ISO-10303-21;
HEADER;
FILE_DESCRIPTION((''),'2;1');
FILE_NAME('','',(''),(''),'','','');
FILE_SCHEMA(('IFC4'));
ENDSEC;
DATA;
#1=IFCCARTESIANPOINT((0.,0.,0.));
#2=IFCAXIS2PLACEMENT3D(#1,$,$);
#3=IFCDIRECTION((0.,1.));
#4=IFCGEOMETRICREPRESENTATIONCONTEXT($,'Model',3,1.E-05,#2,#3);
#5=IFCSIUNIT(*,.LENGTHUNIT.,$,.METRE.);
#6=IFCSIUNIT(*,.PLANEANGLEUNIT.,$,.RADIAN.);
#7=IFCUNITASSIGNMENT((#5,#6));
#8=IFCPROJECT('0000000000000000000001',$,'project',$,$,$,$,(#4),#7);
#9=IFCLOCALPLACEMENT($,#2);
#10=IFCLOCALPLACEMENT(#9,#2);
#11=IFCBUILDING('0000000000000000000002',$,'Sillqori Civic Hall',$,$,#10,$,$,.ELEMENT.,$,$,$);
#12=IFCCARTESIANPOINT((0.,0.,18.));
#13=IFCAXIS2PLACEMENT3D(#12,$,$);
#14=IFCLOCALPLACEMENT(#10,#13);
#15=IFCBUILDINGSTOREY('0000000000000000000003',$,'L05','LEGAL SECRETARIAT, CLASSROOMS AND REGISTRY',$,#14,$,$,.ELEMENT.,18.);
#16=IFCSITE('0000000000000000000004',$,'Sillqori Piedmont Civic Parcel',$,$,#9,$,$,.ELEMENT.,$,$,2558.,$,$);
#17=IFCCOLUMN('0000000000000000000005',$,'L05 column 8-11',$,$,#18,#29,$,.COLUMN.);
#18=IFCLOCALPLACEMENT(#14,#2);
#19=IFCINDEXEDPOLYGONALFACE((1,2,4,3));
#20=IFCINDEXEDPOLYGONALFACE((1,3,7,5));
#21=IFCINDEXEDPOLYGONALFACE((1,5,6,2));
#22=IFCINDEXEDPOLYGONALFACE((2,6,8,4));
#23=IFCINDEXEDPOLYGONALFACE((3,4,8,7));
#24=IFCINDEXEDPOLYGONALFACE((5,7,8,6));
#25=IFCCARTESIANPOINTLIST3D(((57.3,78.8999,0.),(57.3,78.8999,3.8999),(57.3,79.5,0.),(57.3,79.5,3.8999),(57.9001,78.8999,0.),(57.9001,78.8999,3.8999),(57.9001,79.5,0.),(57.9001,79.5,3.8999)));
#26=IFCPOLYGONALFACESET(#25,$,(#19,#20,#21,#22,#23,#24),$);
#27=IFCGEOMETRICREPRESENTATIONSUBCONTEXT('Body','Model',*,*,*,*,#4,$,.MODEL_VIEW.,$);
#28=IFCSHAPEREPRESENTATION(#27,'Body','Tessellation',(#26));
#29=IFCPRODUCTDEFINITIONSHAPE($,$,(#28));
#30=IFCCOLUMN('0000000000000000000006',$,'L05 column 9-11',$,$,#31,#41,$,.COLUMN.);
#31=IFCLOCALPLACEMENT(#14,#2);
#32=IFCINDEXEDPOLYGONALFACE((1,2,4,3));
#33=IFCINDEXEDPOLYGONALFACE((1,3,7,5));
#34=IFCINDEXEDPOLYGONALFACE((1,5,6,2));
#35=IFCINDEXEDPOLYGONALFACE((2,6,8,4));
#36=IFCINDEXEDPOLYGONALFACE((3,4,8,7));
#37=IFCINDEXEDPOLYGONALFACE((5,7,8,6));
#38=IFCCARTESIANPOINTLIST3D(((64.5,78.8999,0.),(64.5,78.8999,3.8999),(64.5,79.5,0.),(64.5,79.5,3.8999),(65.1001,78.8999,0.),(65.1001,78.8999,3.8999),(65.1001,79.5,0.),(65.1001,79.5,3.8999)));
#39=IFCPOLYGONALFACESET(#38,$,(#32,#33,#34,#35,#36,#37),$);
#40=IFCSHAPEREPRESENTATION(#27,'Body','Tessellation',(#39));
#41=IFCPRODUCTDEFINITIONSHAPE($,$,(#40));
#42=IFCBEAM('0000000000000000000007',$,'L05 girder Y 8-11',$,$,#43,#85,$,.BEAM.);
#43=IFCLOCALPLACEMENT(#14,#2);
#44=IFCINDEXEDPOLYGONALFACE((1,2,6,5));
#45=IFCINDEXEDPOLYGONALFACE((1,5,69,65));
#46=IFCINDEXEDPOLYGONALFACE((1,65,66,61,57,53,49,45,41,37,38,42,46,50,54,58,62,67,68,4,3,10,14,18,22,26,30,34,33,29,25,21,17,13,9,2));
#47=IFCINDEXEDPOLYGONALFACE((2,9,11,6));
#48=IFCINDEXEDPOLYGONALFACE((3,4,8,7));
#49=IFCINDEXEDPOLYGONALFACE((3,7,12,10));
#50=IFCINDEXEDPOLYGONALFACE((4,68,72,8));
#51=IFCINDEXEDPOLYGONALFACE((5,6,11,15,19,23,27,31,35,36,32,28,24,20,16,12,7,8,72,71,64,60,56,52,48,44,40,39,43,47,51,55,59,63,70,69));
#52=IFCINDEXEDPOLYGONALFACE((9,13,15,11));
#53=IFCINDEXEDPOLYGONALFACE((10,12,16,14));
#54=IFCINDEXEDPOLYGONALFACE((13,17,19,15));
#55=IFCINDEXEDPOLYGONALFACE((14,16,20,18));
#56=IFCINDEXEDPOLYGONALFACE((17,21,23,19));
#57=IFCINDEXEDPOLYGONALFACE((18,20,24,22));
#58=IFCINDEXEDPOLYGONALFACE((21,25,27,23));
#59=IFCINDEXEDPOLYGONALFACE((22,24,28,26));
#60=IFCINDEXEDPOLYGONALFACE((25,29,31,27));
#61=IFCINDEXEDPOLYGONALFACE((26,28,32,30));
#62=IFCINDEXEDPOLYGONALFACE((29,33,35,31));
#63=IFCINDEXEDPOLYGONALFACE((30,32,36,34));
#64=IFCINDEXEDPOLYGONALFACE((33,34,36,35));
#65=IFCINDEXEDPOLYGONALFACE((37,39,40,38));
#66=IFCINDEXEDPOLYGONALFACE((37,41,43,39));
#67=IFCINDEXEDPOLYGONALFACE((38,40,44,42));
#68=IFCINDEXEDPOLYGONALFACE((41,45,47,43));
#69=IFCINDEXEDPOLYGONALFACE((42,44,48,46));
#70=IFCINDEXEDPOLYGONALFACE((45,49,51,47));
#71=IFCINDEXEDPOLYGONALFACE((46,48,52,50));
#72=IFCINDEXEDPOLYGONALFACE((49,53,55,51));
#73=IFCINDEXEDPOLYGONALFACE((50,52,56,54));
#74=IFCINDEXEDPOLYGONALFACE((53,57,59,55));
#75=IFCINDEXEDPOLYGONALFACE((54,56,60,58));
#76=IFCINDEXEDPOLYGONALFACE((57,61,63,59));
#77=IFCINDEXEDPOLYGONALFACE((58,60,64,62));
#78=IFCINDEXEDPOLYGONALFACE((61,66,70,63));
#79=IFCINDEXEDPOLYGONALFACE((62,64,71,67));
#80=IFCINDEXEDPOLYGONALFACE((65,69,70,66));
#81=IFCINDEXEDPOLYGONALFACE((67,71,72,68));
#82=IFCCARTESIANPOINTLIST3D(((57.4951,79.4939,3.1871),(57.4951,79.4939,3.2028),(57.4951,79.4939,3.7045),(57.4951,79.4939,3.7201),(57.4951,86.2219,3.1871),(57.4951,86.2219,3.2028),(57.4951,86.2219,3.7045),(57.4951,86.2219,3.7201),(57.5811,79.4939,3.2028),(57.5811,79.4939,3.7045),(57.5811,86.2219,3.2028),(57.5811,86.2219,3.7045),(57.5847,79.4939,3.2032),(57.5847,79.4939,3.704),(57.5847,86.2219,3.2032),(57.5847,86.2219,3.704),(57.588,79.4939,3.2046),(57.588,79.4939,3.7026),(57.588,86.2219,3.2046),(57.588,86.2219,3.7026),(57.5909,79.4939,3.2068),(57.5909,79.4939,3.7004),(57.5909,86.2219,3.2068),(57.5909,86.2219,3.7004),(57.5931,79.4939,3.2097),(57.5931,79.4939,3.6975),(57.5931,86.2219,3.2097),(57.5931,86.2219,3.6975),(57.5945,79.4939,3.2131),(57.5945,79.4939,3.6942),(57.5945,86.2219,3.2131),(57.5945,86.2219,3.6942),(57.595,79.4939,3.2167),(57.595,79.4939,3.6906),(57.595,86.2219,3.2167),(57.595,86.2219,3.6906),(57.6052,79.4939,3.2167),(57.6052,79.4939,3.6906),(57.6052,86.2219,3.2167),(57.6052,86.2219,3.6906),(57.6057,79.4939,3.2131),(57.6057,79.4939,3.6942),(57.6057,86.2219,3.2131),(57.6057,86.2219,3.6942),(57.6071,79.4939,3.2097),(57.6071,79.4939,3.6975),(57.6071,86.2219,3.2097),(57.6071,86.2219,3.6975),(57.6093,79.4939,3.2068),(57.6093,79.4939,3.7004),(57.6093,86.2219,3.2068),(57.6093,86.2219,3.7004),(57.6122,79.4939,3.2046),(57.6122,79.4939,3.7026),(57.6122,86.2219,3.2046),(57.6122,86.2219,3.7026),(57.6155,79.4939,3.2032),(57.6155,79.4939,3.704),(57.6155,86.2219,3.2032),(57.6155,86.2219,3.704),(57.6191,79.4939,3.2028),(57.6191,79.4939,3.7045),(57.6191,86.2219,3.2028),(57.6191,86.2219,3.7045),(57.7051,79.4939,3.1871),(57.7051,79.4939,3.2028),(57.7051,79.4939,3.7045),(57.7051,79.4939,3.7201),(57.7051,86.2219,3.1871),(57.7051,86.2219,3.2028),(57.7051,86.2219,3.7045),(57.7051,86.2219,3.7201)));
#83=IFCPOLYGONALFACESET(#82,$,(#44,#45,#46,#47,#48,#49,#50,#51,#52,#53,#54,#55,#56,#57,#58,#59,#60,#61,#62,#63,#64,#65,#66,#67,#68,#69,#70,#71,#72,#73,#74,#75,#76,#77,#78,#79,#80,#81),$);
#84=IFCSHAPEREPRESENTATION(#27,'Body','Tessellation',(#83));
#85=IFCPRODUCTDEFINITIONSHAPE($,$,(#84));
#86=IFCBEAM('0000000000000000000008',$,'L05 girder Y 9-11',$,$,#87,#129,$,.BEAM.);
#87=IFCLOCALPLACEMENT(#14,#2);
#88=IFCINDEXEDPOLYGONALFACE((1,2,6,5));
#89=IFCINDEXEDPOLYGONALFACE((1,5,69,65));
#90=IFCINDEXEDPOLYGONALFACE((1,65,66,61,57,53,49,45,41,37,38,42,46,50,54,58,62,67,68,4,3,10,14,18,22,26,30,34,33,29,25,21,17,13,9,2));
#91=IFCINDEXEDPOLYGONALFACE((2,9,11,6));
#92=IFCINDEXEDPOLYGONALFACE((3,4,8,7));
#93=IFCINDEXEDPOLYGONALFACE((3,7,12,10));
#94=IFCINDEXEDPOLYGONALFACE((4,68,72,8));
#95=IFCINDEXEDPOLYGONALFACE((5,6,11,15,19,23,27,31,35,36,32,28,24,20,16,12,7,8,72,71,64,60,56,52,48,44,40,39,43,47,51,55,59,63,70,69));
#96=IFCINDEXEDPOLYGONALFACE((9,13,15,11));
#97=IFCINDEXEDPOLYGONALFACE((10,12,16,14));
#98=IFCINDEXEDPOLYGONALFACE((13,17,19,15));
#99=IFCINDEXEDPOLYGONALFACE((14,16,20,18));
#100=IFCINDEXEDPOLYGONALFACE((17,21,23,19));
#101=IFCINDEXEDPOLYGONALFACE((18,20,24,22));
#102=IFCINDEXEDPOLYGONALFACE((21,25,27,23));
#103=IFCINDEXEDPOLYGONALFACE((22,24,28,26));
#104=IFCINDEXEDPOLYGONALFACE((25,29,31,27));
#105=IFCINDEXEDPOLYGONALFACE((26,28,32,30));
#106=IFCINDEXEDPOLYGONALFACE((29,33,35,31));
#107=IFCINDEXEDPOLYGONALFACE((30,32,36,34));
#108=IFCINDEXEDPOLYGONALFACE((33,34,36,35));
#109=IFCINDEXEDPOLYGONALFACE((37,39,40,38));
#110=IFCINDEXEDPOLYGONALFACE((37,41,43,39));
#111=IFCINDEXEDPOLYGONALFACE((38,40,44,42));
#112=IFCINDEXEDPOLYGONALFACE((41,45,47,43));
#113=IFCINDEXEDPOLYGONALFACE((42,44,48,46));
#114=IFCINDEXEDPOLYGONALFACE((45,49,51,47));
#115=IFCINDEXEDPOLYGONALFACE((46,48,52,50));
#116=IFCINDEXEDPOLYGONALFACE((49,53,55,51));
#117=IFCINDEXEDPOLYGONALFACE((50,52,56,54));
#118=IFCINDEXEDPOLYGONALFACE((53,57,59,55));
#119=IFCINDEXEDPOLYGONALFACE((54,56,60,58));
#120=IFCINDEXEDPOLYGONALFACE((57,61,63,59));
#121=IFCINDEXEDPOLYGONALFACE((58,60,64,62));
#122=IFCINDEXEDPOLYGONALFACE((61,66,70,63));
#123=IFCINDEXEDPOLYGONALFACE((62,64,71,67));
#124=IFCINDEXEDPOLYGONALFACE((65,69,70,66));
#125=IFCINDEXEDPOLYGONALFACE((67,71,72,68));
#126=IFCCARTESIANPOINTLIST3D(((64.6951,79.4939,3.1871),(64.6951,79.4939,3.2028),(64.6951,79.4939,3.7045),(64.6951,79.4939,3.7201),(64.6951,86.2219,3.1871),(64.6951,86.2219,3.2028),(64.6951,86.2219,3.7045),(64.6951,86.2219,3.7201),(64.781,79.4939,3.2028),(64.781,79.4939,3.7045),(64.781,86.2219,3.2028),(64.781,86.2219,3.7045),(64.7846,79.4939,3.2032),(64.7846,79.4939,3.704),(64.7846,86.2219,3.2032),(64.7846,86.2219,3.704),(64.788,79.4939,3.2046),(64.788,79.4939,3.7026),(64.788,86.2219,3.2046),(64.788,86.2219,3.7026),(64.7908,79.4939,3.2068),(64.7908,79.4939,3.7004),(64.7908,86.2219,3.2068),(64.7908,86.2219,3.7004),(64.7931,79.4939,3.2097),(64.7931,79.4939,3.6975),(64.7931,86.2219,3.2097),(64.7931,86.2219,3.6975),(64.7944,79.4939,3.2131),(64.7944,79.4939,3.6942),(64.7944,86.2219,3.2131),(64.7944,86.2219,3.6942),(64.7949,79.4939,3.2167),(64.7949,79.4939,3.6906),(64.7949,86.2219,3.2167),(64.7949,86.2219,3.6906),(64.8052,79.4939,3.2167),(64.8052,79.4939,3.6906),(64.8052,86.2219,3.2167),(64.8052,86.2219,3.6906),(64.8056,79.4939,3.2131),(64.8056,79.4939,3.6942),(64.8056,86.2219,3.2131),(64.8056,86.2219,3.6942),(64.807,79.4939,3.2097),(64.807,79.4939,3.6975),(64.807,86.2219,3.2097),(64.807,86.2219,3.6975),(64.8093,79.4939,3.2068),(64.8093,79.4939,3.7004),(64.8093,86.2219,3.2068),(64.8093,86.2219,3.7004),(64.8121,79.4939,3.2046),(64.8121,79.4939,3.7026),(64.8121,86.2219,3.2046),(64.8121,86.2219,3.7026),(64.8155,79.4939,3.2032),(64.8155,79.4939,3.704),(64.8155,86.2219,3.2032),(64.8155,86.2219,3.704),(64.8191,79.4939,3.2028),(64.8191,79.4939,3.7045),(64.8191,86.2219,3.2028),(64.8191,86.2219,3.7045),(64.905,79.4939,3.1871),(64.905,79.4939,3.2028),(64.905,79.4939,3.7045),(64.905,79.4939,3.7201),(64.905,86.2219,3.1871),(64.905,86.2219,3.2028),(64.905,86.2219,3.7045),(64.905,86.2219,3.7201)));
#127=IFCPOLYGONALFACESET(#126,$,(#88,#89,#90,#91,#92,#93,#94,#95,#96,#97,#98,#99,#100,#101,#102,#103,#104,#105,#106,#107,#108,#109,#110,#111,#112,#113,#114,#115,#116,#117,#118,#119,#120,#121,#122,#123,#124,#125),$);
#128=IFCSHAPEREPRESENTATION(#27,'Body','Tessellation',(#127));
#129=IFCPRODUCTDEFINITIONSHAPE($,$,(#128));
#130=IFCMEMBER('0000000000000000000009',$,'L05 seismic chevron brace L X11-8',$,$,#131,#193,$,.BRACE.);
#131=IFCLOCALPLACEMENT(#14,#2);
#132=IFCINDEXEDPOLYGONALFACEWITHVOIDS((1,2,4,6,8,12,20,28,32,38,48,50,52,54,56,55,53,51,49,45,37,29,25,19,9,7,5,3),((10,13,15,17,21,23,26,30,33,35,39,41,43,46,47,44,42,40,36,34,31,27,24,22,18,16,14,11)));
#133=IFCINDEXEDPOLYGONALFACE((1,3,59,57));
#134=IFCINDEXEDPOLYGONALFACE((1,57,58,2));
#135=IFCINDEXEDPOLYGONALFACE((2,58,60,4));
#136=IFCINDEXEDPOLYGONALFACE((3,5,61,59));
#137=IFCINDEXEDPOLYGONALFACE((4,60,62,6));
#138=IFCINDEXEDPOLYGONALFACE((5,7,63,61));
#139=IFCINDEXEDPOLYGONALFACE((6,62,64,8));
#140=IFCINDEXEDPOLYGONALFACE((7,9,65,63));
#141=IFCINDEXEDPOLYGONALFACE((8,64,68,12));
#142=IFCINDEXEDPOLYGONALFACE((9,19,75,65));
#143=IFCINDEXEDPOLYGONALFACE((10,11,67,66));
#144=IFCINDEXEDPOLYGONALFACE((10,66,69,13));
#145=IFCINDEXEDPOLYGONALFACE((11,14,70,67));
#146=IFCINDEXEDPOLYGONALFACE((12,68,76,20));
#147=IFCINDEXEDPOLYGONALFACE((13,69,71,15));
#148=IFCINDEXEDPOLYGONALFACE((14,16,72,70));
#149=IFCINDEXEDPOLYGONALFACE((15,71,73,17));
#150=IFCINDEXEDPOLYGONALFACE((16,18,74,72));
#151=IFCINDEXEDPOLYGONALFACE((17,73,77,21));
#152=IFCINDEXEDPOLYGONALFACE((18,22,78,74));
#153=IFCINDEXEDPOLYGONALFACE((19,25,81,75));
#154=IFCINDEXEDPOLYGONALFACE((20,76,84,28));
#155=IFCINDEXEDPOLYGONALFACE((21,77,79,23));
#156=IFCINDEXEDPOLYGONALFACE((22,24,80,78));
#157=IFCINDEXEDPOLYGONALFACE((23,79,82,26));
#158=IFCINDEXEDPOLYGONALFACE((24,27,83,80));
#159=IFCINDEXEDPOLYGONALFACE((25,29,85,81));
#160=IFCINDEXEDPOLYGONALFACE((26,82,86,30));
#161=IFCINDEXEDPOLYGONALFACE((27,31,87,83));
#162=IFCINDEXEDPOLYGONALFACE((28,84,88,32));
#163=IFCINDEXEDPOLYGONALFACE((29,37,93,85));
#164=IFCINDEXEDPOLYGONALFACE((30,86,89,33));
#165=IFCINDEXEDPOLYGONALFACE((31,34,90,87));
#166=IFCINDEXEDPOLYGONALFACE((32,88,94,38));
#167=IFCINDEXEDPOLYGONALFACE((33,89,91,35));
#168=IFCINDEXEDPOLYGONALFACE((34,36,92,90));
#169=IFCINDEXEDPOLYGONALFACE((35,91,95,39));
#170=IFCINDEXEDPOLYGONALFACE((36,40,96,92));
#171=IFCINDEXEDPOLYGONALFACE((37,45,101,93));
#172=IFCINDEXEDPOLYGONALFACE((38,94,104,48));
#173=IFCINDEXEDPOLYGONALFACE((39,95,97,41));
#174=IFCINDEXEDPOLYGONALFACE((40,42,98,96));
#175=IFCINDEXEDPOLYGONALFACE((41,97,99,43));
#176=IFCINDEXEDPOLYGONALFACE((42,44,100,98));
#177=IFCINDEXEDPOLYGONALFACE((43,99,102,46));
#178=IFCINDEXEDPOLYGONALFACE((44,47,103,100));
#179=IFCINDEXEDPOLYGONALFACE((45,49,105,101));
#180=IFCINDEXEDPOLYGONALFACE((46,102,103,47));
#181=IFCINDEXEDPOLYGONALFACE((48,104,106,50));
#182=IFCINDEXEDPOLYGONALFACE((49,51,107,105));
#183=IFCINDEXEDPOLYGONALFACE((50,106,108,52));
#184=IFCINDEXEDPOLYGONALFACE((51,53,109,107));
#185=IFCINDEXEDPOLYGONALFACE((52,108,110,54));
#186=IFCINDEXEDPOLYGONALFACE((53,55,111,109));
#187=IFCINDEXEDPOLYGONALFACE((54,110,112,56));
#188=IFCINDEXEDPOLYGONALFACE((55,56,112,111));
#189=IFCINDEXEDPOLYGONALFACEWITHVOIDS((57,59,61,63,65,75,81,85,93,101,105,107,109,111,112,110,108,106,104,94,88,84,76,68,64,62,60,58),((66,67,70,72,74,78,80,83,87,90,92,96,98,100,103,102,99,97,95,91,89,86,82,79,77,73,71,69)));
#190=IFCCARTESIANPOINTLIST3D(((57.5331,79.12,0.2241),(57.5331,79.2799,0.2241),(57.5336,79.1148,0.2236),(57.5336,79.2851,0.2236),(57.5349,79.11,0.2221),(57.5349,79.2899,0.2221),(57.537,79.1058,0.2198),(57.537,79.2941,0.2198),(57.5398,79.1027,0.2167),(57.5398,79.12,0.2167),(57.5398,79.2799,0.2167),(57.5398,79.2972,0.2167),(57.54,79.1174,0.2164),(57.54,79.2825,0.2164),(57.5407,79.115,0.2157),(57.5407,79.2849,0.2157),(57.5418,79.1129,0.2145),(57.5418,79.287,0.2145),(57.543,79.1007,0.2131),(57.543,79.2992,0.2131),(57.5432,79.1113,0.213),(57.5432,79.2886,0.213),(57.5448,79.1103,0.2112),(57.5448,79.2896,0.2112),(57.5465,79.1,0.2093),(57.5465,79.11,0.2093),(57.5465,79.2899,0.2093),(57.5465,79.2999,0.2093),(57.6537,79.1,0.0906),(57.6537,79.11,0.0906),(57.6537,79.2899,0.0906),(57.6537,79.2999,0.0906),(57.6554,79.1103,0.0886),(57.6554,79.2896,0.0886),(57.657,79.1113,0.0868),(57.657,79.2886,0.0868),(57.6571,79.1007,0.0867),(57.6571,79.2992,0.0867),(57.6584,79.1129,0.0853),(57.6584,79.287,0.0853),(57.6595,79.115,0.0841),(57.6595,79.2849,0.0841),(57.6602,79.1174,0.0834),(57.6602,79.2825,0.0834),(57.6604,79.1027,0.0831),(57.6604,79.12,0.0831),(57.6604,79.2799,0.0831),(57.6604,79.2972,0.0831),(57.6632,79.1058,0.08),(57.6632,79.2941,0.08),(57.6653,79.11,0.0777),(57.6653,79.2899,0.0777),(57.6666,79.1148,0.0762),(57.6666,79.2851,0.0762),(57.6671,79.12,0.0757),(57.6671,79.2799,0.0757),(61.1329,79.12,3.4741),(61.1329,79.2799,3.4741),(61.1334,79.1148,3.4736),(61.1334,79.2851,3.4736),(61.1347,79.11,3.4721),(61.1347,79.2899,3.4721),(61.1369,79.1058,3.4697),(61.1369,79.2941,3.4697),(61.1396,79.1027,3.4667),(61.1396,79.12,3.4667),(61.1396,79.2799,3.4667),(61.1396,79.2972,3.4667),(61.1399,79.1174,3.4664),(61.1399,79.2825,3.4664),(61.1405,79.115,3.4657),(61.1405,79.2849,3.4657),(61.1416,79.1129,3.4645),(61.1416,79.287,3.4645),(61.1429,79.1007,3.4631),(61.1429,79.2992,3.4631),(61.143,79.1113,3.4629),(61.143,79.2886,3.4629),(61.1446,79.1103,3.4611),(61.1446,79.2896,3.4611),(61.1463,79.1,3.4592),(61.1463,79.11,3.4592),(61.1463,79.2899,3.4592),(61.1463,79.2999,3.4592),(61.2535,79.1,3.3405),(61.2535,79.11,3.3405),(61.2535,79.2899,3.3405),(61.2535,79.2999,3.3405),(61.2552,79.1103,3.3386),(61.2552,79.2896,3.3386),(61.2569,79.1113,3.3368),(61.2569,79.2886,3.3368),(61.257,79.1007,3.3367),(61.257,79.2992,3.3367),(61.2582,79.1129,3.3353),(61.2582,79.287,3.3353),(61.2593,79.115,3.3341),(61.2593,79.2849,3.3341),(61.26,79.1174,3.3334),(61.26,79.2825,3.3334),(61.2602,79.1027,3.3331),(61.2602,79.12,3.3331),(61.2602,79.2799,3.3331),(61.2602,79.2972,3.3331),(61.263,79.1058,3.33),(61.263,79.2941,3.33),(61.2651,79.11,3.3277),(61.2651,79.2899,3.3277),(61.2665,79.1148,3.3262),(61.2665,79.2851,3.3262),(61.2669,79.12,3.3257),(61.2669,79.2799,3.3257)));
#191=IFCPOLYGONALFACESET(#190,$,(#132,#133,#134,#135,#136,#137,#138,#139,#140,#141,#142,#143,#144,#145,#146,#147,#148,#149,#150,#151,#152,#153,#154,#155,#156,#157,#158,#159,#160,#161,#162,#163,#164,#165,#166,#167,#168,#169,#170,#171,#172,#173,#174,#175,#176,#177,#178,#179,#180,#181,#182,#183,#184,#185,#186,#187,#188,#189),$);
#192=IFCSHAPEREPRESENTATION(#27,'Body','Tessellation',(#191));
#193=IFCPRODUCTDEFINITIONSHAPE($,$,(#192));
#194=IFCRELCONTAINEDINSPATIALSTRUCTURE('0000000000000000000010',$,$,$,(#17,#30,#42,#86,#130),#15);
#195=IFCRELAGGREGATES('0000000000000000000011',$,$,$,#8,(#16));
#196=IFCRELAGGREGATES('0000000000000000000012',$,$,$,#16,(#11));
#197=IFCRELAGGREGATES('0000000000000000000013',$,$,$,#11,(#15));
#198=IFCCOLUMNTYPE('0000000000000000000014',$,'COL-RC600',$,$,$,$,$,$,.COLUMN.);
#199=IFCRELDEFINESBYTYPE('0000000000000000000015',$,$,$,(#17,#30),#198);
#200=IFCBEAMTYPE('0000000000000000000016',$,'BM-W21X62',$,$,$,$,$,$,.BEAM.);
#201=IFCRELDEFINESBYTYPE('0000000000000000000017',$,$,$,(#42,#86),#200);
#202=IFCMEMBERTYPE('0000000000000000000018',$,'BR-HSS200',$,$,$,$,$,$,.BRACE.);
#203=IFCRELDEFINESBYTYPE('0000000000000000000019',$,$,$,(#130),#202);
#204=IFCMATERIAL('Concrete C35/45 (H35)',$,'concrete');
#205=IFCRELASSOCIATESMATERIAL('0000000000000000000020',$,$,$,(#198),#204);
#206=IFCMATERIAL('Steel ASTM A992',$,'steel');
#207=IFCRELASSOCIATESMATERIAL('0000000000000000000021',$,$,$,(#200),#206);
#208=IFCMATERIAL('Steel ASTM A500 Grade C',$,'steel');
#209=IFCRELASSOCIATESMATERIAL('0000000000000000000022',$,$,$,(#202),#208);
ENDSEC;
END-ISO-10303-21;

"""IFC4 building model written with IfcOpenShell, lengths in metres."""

from ifc_helpers import new_model, si_unit, direction, frame, origin, origin_2d, place, context, subcontext, project, spatial, rectangle, hollow_rectangle, i_section, extrude, material, material_profile, profile_set, type_object, element, save


model = new_model("IFC4")

# Units and contexts
model_context = context("Model", 3, precision=1e-05, world=origin(), true_north=direction((0.0, 1.0)))
body_context = subcontext(model_context, "Body", "Model", "MODEL_VIEW")
ifc_project = project(units=[si_unit("LENGTHUNIT", "METRE"), si_unit("PLANEANGLEUNIT", "RADIAN")], contexts=[model_context])

# Site, building, storey
site_placement = place(None, origin())
site = spatial("IfcSite", under=ifc_project, at=site_placement, Name="Sillqori Piedmont Civic Parcel", CompositionType="ELEMENT", RefElevation=2558.0)
building_placement = place(site_placement, origin())
building = spatial("IfcBuilding", under=site, at=building_placement, Name="Sillqori Civic Hall", CompositionType="ELEMENT")
storey_placement = place(building_placement, frame((0.0, 0.0, 18.0)))
storey = spatial("IfcBuildingStorey", under=building, at=storey_placement, Name="L05", Description="LEGAL SECRETARIAT, CLASSROOMS AND REGISTRY", CompositionType="ELEMENT", Elevation=18.0)

# Columns
ifc_material_1 = material(Name="Concrete C35/45 (H35)", Category="concrete")
ifc_material_profile_1 = material_profile(ifc_material_1, rectangle(XDim=0.6001, YDim=0.6001, at=origin_2d()), Name="RC 600x600")
ifc_profile_set_1 = profile_set([ifc_material_profile_1], Name="Concrete C35/45 (H35)")
column_type = type_object("IfcColumnType", Name="COL-RC600", PredefinedType="COLUMN", material=ifc_profile_set_1)
for number, where, z_axis, x_axis, name in (
    (1, (57.6001, 79.2, 0.0), (0.0, 0.0, 1.0), (1.0, 0.0, 0.0), "L05 column 8-11"),
    (2, (64.8, 79.2, 0.0), (0.0, 0.0, 1.0), (1.0, 0.0, 0.0), "L05 column 9-11"),
):
    element("IfcColumn", number, at=place(storey_placement, frame(where, z_axis=z_axis, x_axis=x_axis)), inside=storey, type_object=column_type, Name=name, PredefinedType="COLUMN", context=body_context, shape_type="SweptSolid", body=[
        extrude(rectangle(XDim=0.6001, YDim=0.6001, at=origin_2d()), origin(), (0.0, 0.0, 1.0), 3.8999),
    ])

# Beams
ifc_material_2 = material(Name="Steel ASTM A992", Category="steel")
ifc_material_profile_2 = material_profile(ifc_material_2, i_section(OverallWidth=0.21, OverallDepth=0.533, WebThickness=0.0103, FlangeThickness=0.0156, FilletRadius=0.0139, at=origin_2d()), Name="W21X62")
ifc_profile_set_2 = profile_set([ifc_material_profile_2], Name="Steel ASTM A992")
beam_type_1 = type_object("IfcBeamType", Name="BM-W21X62", PredefinedType="BEAM", material=ifc_profile_set_2)
for number, where, z_axis, x_axis, name in (
    (3, (57.6001, 79.4939, 3.4536), (0.0, 1.0, 0.0), (-1.0, 0.0, 0.0), "L05 girder Y 8-11"),
    (4, (64.8, 79.4939, 3.4536), (0.0, 1.0, 0.0), (-1.0, 0.0, 0.0), "L05 girder Y 9-11"),
):
    element("IfcBeam", number, at=place(storey_placement, frame(where, z_axis=z_axis, x_axis=x_axis)), inside=storey, type_object=beam_type_1, Name=name, PredefinedType="BEAM", context=body_context, shape_type="SweptSolid", body=[
        extrude(i_section(OverallWidth=0.21, OverallDepth=0.533, WebThickness=0.0103, FlangeThickness=0.0156, FilletRadius=0.0139, at=origin_2d()), origin(), (0.0, 0.0, 1.0), 6.728),
    ])

# Member
ifc_material_3 = material(Name="Steel ASTM A500 Grade C", Category="steel")
ifc_material_profile_3 = material_profile(ifc_material_3, hollow_rectangle(XDim=0.2, YDim=0.2, WallThickness=0.01, InnerFilletRadius=0.01, OuterFilletRadius=0.02, at=origin_2d()), Name="HSS200X200X10")
ifc_profile_set_3 = profile_set([ifc_material_profile_3], Name="Steel ASTM A500 Grade C")
member_type = type_object("IfcMemberType", Name="BR-HSS200", PredefinedType="BRACE", material=ifc_profile_set_3)
member_1_placement = place(storey_placement, frame((57.6001, 79.2, 0.1499), z_axis=(0.742254, 0.0, 0.670118), x_axis=(0.0, 1.0, 0.0)))
element("IfcMember", 5, at=member_1_placement, inside=storey, type_object=member_type, Name="L05 seismic chevron brace L X11-8", PredefinedType="BRACE", context=body_context, shape_type="SweptSolid", body=[
    extrude(hollow_rectangle(XDim=0.2, YDim=0.2, WallThickness=0.01, InnerFilletRadius=0.01, OuterFilletRadius=0.02, at=origin_2d()), origin(), (0.0, 0.0, 1.0), 4.8499),
])

save(model, "model.ifc")
